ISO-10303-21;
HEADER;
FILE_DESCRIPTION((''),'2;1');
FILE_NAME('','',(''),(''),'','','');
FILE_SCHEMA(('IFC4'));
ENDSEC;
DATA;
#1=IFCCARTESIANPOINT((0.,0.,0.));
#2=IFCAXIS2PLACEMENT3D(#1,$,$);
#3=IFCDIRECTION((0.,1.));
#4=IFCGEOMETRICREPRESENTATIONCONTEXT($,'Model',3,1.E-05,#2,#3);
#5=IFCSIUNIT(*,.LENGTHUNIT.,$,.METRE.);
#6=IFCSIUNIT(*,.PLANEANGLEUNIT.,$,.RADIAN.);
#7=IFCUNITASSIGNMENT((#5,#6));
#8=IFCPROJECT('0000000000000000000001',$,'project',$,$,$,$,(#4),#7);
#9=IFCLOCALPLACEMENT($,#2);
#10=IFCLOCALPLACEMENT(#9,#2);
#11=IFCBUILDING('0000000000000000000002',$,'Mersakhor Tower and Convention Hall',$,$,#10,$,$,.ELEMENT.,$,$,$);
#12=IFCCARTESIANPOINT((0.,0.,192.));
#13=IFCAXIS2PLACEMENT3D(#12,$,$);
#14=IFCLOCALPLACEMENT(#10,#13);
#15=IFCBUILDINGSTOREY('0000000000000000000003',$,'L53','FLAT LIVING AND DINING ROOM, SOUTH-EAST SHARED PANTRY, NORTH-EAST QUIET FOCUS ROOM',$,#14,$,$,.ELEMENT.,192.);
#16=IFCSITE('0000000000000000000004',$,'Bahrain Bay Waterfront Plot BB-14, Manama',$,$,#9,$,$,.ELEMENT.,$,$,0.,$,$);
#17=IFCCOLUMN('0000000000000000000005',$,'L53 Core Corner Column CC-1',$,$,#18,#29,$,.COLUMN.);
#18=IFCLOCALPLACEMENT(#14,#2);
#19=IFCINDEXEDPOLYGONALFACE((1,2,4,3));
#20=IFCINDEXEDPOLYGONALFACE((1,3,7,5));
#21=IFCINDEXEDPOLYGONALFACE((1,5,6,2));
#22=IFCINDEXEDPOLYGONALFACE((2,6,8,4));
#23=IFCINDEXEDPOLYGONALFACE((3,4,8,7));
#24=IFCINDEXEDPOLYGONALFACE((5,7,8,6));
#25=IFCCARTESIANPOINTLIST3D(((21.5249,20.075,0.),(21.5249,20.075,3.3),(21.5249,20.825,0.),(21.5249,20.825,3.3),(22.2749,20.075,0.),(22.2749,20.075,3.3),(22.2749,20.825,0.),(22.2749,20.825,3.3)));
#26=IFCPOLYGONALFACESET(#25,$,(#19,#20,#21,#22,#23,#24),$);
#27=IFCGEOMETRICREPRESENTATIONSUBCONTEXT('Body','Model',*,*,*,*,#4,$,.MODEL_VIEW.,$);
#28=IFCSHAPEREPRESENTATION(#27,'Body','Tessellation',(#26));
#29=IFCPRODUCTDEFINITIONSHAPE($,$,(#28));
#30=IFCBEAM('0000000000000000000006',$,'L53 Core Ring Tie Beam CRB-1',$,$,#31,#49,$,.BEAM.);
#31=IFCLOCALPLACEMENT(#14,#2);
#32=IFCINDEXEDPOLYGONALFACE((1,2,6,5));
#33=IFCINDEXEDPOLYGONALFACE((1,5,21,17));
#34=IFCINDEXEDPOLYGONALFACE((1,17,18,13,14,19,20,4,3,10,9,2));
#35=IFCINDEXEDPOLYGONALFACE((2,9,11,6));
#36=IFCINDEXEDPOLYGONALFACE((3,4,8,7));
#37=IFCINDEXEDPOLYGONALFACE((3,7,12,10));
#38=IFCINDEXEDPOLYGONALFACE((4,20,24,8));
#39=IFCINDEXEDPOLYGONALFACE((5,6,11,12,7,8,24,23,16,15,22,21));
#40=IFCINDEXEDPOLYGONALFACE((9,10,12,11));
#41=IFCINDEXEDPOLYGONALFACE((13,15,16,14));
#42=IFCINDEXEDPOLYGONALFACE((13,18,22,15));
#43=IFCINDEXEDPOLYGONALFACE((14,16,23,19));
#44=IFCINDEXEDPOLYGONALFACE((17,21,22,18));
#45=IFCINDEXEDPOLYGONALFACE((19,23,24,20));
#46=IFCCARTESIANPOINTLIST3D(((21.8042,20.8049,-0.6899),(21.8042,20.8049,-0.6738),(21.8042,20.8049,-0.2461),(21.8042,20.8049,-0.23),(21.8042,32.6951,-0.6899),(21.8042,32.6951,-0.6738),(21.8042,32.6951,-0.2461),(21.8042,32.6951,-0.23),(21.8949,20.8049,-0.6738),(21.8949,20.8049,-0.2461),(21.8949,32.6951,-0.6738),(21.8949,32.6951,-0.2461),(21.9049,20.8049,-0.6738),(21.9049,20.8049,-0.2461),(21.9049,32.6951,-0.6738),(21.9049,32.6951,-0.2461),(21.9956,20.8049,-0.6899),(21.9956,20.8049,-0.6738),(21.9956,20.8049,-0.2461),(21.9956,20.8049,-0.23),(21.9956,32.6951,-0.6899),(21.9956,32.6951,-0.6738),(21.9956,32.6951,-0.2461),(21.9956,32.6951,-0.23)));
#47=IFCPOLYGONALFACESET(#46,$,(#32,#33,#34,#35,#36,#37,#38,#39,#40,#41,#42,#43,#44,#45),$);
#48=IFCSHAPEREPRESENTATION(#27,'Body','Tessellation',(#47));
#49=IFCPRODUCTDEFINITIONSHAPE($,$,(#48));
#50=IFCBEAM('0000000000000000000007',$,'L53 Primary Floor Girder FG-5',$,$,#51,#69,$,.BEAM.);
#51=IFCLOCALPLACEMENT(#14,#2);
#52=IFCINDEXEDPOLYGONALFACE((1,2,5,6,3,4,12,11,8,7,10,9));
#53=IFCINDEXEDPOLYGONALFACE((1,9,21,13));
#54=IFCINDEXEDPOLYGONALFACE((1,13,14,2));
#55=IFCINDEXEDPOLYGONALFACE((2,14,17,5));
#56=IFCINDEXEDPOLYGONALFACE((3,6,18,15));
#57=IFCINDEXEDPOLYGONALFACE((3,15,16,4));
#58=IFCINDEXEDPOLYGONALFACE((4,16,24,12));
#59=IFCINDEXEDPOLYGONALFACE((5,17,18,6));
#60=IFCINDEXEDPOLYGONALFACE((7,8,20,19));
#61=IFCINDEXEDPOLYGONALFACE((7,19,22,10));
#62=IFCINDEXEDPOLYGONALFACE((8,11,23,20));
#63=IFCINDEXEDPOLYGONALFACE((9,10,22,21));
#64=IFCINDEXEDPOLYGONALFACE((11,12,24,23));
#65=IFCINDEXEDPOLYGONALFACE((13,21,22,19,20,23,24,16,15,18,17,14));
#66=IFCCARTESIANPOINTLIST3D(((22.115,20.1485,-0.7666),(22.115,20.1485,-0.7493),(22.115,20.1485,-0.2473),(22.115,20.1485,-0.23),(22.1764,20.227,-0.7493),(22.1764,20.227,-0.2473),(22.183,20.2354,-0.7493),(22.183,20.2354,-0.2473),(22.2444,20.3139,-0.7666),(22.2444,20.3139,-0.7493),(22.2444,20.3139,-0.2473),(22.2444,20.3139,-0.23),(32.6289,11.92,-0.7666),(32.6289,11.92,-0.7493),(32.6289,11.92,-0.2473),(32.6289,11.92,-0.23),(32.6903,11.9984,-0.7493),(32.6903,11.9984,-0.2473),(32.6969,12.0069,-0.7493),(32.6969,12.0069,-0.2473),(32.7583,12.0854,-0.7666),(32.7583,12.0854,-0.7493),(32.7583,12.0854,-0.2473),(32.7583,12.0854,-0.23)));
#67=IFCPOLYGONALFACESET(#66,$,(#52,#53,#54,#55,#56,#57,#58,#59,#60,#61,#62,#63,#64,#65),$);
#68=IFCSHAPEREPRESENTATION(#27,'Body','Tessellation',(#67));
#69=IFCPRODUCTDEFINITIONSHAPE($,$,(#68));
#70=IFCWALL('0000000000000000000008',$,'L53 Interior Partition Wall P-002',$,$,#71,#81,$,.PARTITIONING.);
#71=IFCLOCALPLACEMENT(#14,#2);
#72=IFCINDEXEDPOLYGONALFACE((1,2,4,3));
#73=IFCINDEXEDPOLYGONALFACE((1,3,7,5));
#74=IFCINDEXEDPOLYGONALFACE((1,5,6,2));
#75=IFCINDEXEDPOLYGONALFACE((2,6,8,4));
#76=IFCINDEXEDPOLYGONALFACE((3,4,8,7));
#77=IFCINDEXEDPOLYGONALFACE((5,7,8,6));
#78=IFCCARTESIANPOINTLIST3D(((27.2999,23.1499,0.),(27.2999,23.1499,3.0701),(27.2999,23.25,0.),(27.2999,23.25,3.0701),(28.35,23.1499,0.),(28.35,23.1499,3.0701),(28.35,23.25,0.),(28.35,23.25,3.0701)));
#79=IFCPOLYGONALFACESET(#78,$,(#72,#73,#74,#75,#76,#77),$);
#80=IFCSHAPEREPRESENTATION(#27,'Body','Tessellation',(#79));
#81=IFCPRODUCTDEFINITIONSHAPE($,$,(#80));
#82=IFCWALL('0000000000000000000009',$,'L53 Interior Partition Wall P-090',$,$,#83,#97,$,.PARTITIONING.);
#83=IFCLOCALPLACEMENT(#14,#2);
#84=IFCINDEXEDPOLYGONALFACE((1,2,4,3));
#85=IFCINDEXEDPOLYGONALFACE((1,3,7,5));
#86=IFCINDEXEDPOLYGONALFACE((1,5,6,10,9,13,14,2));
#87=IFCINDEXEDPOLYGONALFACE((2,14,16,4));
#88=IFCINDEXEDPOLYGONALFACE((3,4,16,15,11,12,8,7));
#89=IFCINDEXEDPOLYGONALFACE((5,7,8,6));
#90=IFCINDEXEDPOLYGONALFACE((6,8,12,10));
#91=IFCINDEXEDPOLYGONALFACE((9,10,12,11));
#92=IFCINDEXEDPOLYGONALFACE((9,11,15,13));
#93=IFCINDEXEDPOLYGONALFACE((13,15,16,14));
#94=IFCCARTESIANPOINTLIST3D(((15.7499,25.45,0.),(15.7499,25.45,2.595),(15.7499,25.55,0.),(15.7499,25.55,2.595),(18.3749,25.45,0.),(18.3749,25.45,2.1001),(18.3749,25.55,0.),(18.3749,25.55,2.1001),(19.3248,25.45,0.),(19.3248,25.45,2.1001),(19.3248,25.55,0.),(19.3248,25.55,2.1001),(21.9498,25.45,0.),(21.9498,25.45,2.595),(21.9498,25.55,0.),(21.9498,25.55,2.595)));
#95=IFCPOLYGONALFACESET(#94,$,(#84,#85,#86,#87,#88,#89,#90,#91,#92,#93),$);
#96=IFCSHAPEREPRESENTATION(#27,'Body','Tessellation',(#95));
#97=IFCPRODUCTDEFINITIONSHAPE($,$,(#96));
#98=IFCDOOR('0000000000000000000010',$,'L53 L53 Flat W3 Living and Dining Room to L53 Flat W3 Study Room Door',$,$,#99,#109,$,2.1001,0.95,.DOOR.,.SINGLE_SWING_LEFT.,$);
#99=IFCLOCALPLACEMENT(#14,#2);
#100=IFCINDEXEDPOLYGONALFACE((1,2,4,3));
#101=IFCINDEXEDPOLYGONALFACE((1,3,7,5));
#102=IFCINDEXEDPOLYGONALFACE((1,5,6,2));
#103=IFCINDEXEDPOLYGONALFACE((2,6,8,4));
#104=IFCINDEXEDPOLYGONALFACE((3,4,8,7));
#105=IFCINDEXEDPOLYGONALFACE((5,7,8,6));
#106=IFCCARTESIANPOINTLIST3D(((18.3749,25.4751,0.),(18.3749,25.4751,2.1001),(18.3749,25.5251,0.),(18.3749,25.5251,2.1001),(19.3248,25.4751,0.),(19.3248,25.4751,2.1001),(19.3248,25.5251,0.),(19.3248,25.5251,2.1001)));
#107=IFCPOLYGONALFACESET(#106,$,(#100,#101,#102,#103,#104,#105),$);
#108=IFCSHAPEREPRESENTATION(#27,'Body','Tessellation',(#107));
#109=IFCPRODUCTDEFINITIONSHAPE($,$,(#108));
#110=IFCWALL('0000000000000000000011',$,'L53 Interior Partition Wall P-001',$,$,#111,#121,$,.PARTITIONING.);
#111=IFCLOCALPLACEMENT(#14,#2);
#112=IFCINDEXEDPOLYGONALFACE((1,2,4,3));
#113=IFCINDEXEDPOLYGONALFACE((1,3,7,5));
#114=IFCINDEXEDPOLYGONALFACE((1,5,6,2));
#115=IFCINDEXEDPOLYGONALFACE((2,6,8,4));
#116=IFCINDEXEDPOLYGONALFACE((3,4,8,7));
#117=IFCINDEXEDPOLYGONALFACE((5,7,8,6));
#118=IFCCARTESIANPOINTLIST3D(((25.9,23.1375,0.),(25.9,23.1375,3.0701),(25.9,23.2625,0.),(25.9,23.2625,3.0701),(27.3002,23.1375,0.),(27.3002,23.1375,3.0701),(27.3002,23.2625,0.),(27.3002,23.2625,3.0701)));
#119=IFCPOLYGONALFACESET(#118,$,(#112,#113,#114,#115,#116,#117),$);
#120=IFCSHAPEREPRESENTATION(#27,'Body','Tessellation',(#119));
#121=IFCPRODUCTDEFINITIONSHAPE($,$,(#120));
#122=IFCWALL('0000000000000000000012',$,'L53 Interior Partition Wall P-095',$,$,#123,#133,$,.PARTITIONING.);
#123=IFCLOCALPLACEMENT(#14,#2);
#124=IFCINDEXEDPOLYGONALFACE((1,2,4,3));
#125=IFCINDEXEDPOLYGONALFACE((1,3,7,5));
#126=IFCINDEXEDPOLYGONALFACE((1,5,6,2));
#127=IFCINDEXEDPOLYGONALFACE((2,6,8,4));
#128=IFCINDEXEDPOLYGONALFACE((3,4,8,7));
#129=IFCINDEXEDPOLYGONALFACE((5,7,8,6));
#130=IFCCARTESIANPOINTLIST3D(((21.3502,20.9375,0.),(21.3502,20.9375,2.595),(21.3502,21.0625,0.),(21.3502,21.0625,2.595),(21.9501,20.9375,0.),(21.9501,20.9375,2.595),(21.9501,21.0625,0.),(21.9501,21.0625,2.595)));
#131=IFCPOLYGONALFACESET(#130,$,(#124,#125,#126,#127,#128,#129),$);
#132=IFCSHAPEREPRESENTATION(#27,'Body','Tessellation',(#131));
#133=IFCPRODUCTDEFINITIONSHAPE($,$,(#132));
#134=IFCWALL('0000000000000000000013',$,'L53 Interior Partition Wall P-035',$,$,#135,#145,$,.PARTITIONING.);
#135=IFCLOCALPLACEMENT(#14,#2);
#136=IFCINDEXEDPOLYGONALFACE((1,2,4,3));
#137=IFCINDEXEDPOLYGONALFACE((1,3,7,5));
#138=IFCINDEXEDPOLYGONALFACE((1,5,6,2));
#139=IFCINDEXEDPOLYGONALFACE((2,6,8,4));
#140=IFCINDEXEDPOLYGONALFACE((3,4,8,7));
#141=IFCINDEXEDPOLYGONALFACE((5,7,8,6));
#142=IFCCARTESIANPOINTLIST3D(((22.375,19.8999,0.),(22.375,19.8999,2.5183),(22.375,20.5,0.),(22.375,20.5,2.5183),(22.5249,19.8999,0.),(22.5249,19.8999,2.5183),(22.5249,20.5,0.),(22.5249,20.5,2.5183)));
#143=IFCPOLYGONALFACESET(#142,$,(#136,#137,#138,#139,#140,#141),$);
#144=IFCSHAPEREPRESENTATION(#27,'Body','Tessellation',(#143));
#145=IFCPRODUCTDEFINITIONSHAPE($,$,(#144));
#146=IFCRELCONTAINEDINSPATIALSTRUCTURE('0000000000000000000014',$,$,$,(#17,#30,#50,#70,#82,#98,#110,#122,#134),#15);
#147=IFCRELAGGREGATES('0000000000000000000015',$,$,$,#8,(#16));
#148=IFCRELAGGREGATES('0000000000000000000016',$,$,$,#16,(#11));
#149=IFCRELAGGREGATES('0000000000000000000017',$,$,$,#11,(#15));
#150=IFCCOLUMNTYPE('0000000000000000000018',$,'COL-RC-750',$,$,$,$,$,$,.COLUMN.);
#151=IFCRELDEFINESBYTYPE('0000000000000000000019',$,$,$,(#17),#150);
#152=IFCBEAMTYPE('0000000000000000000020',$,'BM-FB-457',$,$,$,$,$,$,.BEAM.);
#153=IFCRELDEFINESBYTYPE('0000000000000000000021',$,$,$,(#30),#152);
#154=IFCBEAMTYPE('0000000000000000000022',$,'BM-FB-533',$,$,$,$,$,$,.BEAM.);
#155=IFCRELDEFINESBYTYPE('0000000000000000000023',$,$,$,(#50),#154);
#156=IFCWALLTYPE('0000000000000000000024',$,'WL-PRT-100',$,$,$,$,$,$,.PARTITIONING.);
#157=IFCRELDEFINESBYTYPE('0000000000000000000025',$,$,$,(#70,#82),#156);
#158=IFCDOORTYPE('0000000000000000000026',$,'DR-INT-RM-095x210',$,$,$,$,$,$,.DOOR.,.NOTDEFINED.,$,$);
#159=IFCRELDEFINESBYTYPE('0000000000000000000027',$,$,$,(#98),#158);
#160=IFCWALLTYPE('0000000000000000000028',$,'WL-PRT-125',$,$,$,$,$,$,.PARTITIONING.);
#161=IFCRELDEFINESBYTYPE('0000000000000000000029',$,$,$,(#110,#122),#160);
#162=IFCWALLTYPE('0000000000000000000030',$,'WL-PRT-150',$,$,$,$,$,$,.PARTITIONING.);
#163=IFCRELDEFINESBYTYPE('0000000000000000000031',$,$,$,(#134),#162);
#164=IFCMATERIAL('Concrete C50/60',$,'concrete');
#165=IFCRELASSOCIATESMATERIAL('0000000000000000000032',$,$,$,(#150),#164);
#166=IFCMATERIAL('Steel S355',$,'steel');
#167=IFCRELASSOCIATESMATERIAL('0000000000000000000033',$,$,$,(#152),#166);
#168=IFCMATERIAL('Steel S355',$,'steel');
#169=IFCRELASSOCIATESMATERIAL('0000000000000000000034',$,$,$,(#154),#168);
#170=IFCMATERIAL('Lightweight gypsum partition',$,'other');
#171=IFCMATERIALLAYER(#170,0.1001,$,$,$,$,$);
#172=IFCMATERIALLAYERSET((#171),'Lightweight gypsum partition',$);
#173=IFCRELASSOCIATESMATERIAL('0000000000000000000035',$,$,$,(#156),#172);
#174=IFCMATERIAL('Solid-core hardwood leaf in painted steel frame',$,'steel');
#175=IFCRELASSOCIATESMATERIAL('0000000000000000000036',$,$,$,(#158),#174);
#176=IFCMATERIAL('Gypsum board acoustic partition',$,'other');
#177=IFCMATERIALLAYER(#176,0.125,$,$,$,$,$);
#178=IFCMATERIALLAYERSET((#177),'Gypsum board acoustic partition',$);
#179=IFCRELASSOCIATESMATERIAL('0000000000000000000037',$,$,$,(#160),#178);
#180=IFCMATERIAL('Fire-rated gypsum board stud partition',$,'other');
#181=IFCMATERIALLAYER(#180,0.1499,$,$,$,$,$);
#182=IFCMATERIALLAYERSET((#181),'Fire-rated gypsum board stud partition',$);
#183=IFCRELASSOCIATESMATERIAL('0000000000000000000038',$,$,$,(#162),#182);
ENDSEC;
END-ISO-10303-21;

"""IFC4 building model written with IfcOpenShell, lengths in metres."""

from ifc_helpers import new_model, si_unit, direction, frame, frame_2d, origin, origin_2d, place, context, subcontext, project, spatial, rectangle, i_section, extrude, material, layer, layer_set, material_profile, profile_set, type_object, element, fill, save


model = new_model("IFC4")

# Units and contexts
model_context = context("Model", 3, precision=1e-05, world=origin(), true_north=direction((0.0, 1.0)))
body_context = subcontext(model_context, "Body", "Model", "MODEL_VIEW")
ifc_project = project(units=[si_unit("LENGTHUNIT", "METRE"), si_unit("PLANEANGLEUNIT", "RADIAN")], contexts=[model_context])

# Site, building, storey
site_placement = place(None, origin())
site = spatial("IfcSite", under=ifc_project, at=site_placement, Name="Bahrain Bay Waterfront Plot BB-14, Manama", CompositionType="ELEMENT", RefElevation=0.0)
building_placement = place(site_placement, origin())
building = spatial("IfcBuilding", under=site, at=building_placement, Name="Mersakhor Tower and Convention Hall", CompositionType="ELEMENT")
storey_placement = place(building_placement, frame((0.0, 0.0, 192.0)))
storey = spatial("IfcBuildingStorey", under=building, at=storey_placement, Name="L53", Description="FLAT LIVING AND DINING ROOM, SOUTH-EAST SHARED PANTRY, NORTH-EAST QUIET FOCUS ROOM", CompositionType="ELEMENT", Elevation=192.0)

# Column
ifc_material_1 = material(Name="Concrete C50/60", Category="concrete")
ifc_material_profile_1 = material_profile(ifc_material_1, rectangle(XDim=0.75, YDim=0.75, at=origin_2d()), Name="RC 750x750")
ifc_profile_set_1 = profile_set([ifc_material_profile_1], Name="Concrete C50/60")
column_type = type_object("IfcColumnType", Name="COL-RC-750", PredefinedType="COLUMN", material=ifc_profile_set_1)
column_placement = place(storey_placement, frame((21.8999, 20.45, 0.0), z_axis=(0.0, 0.0, 1.0), x_axis=(1.0, 0.0, 0.0)))
element("IfcColumn", 1, at=column_placement, inside=storey, type_object=column_type, Name="L53 Core Corner Column CC-1", PredefinedType="COLUMN", context=body_context, shape_type="SweptSolid", body=[
    extrude(rectangle(XDim=0.75, YDim=0.75, at=origin_2d()), origin(), (0.0, 0.0, 1.0), 3.3),
])

# Beams
ifc_material_2 = material(Name="Steel S355", Category="steel")
ifc_material_profile_2 = material_profile(ifc_material_2, i_section(OverallWidth=0.1914, OverallDepth=0.46, WebThickness=0.01, FlangeThickness=0.0161, at=origin_2d()), Name="UB 457x191x82")
ifc_profile_set_2 = profile_set([ifc_material_profile_2], Name="Steel S355")
beam_type_1 = type_object("IfcBeamType", Name="BM-FB-457", PredefinedType="BEAM", material=ifc_profile_set_2)
beam_1_placement = place(storey_placement, frame((21.8999, 20.8049, -0.46), z_axis=(0.0, 1.0, 0.0), x_axis=(-1.0, 0.0, 0.0)))
element("IfcBeam", 2, at=beam_1_placement, inside=storey, type_object=beam_type_1, Name="L53 Core Ring Tie Beam CRB-1", PredefinedType="BEAM", context=body_context, shape_type="SweptSolid", body=[
    extrude(i_section(OverallWidth=0.1914, OverallDepth=0.46, WebThickness=0.01, FlangeThickness=0.0161, at=origin_2d()), origin(), (0.0, 0.0, 1.0), 11.8901),
])
ifc_material_3 = material(Name="Steel S355", Category="steel")
ifc_material_profile_3 = material_profile(ifc_material_3, i_section(OverallWidth=0.21, OverallDepth=0.5366, WebThickness=0.0107, FlangeThickness=0.0173, at=origin_2d()), Name="UB 533x210x101")
ifc_profile_set_3 = profile_set([ifc_material_profile_3], Name="Steel S355")
beam_type_2 = type_object("IfcBeamType", Name="BM-FB-533", PredefinedType="BEAM", material=ifc_profile_set_3)
beam_2_placement = place(storey_placement, frame((22.1797, 20.2312, -0.4983), z_axis=(0.787497, -0.616319, 0.0), x_axis=(0.616319, 0.787497, 0.0)))
element("IfcBeam", 3, at=beam_2_placement, inside=storey, type_object=beam_type_2, Name="L53 Primary Floor Girder FG-5", PredefinedType="BEAM", context=body_context, shape_type="SweptSolid", body=[
    extrude(i_section(OverallWidth=0.21, OverallDepth=0.5366, WebThickness=0.0107, FlangeThickness=0.0173, at=origin_2d()), origin(), (0.0, 0.0, 1.0), 13.3511),
])

# Wall
ifc_material_4 = material(Name="Lightweight gypsum partition", Category="other")
ifc_layer_1 = layer(ifc_material_4, 0.1001)
ifc_layer_set_1 = layer_set([ifc_layer_1], Name="Lightweight gypsum partition")
wall_type_1 = type_object("IfcWallType", Name="WL-PRT-100", PredefinedType="PARTITIONING", material=ifc_layer_set_1)
wall_1_placement = place(storey_placement, frame((27.3, 23.2, 0.0), z_axis=(0.0, 0.0, 1.0), x_axis=(1.0, 0.0, 0.0)))
element("IfcWall", 4, at=wall_1_placement, inside=storey, type_object=wall_type_1, Name="L53 Interior Partition Wall P-002", PredefinedType="PARTITIONING", context=body_context, shape_type="SweptSolid", body=[
    extrude(rectangle(XDim=1.05, YDim=0.1001, at=frame_2d((0.5249, 0.0))), origin(), (0.0, 0.0, 1.0), 3.0701),
])

# Wall, opening, door
wall_2_placement = place(storey_placement, frame((21.95, 25.5, 0.0), z_axis=(0.0, 0.0, 1.0), x_axis=(-1.0, 0.0, 0.0)))
wall_2 = element("IfcWall", 5, at=wall_2_placement, inside=storey, type_object=wall_type_1, Name="L53 Interior Partition Wall P-090", PredefinedType="PARTITIONING", context=body_context, shape_type="SweptSolid", body=[
    extrude(rectangle(XDim=6.2, YDim=0.1001, at=frame_2d((3.1001, 0.0))), origin(), (0.0, 0.0, 1.0), 2.595),
])
opening_1_placement = place(wall_2_placement, frame((2.625, 0.0, 0.0)))
opening_1 = element("IfcOpeningElement", 6, at=opening_1_placement, cuts=wall_2, PredefinedType="OPENING", context=body_context, shape_type="SweptSolid", body=[
    extrude(rectangle(XDim=0.95, YDim=2.1001, at=frame_2d((0.4751, 1.05))), frame((0.0, 0.0601, 0.0), z_axis=(0.0, -1.0, 0.0), x_axis=(1.0, 0.0, 0.0)), (0.0, 0.0, 1.0), 0.1201),
])
ifc_material_5 = material(Name="Solid-core hardwood leaf in painted steel frame", Category="steel")
door_type_1 = type_object("IfcDoorType", Name="DR-INT-RM-095x210", OperationType="NOTDEFINED", PredefinedType="DOOR", material=ifc_material_5)
door_1_placement = place(opening_1_placement, origin())
door_1 = element("IfcDoor", 7, at=door_1_placement, inside=storey, type_object=door_type_1, Name="L53 L53 Flat W3 Living and Dining Room to L53 Flat W3 Study Room Door", OperationType="SINGLE_SWING_LEFT", OverallHeight=2.1001, OverallWidth=0.95, PredefinedType="DOOR", context=body_context, shape_type="SweptSolid", body=[
    extrude(rectangle(XDim=0.95, YDim=2.1001, at=frame_2d((0.4751, 1.05))), frame((0.0, 0.0249, 0.0), z_axis=(0.0, -1.0, 0.0), x_axis=(1.0, 0.0, 0.0)), (0.0, 0.0, 1.0), 0.05),
])
fill(opening_1, door_1)

# Walls
ifc_material_6 = material(Name="Gypsum board acoustic partition", Category="other")
ifc_layer_2 = layer(ifc_material_6, 0.125)
ifc_layer_set_2 = layer_set([ifc_layer_2], Name="Gypsum board acoustic partition")
wall_type_2 = type_object("IfcWallType", Name="WL-PRT-125", PredefinedType="PARTITIONING", material=ifc_layer_set_2)
wall_3_placement = place(storey_placement, frame((25.8999, 23.2, 0.0), z_axis=(0.0, 0.0, 1.0), x_axis=(1.0, 0.0, 0.0)))
element("IfcWall", 8, at=wall_3_placement, inside=storey, type_object=wall_type_2, Name="L53 Interior Partition Wall P-001", PredefinedType="PARTITIONING", context=body_context, shape_type="SweptSolid", body=[
    extrude(rectangle(XDim=1.4001, YDim=0.125, at=frame_2d((0.7002, 0.0))), origin(), (0.0, 0.0, 1.0), 3.0701),
])
wall_4_placement = place(storey_placement, frame((21.95, 21.0, 0.0), z_axis=(0.0, 0.0, 1.0), x_axis=(-1.0, 0.0, 0.0)))
element("IfcWall", 9, at=wall_4_placement, inside=storey, type_object=wall_type_2, Name="L53 Interior Partition Wall P-095", PredefinedType="PARTITIONING", context=body_context, shape_type="SweptSolid", body=[
    extrude(rectangle(XDim=0.5999, YDim=0.125, at=frame_2d((0.2998, 0.0))), origin(), (0.0, 0.0, 1.0), 2.595),
])
ifc_material_7 = material(Name="Fire-rated gypsum board stud partition", Category="other")
ifc_layer_3 = layer(ifc_material_7, 0.1499)
ifc_layer_set_3 = layer_set([ifc_layer_3], Name="Fire-rated gypsum board stud partition")
wall_type_3 = type_object("IfcWallType", Name="WL-PRT-150", PredefinedType="PARTITIONING", material=ifc_layer_set_3)
wall_5_placement = place(storey_placement, frame((22.45, 19.8999, 0.0), z_axis=(0.0, 0.0, 1.0), x_axis=(0.0, 1.0, 0.0)))
element("IfcWall", 10, at=wall_5_placement, inside=storey, type_object=wall_type_3, Name="L53 Interior Partition Wall P-035", PredefinedType="PARTITIONING", context=body_context, shape_type="SweptSolid", body=[
    extrude(rectangle(XDim=0.6001, YDim=0.1499, at=frame_2d((0.3, 0.0))), origin(), (0.0, 0.0, 1.0), 2.5183),
])

save(model, "model.ifc")
